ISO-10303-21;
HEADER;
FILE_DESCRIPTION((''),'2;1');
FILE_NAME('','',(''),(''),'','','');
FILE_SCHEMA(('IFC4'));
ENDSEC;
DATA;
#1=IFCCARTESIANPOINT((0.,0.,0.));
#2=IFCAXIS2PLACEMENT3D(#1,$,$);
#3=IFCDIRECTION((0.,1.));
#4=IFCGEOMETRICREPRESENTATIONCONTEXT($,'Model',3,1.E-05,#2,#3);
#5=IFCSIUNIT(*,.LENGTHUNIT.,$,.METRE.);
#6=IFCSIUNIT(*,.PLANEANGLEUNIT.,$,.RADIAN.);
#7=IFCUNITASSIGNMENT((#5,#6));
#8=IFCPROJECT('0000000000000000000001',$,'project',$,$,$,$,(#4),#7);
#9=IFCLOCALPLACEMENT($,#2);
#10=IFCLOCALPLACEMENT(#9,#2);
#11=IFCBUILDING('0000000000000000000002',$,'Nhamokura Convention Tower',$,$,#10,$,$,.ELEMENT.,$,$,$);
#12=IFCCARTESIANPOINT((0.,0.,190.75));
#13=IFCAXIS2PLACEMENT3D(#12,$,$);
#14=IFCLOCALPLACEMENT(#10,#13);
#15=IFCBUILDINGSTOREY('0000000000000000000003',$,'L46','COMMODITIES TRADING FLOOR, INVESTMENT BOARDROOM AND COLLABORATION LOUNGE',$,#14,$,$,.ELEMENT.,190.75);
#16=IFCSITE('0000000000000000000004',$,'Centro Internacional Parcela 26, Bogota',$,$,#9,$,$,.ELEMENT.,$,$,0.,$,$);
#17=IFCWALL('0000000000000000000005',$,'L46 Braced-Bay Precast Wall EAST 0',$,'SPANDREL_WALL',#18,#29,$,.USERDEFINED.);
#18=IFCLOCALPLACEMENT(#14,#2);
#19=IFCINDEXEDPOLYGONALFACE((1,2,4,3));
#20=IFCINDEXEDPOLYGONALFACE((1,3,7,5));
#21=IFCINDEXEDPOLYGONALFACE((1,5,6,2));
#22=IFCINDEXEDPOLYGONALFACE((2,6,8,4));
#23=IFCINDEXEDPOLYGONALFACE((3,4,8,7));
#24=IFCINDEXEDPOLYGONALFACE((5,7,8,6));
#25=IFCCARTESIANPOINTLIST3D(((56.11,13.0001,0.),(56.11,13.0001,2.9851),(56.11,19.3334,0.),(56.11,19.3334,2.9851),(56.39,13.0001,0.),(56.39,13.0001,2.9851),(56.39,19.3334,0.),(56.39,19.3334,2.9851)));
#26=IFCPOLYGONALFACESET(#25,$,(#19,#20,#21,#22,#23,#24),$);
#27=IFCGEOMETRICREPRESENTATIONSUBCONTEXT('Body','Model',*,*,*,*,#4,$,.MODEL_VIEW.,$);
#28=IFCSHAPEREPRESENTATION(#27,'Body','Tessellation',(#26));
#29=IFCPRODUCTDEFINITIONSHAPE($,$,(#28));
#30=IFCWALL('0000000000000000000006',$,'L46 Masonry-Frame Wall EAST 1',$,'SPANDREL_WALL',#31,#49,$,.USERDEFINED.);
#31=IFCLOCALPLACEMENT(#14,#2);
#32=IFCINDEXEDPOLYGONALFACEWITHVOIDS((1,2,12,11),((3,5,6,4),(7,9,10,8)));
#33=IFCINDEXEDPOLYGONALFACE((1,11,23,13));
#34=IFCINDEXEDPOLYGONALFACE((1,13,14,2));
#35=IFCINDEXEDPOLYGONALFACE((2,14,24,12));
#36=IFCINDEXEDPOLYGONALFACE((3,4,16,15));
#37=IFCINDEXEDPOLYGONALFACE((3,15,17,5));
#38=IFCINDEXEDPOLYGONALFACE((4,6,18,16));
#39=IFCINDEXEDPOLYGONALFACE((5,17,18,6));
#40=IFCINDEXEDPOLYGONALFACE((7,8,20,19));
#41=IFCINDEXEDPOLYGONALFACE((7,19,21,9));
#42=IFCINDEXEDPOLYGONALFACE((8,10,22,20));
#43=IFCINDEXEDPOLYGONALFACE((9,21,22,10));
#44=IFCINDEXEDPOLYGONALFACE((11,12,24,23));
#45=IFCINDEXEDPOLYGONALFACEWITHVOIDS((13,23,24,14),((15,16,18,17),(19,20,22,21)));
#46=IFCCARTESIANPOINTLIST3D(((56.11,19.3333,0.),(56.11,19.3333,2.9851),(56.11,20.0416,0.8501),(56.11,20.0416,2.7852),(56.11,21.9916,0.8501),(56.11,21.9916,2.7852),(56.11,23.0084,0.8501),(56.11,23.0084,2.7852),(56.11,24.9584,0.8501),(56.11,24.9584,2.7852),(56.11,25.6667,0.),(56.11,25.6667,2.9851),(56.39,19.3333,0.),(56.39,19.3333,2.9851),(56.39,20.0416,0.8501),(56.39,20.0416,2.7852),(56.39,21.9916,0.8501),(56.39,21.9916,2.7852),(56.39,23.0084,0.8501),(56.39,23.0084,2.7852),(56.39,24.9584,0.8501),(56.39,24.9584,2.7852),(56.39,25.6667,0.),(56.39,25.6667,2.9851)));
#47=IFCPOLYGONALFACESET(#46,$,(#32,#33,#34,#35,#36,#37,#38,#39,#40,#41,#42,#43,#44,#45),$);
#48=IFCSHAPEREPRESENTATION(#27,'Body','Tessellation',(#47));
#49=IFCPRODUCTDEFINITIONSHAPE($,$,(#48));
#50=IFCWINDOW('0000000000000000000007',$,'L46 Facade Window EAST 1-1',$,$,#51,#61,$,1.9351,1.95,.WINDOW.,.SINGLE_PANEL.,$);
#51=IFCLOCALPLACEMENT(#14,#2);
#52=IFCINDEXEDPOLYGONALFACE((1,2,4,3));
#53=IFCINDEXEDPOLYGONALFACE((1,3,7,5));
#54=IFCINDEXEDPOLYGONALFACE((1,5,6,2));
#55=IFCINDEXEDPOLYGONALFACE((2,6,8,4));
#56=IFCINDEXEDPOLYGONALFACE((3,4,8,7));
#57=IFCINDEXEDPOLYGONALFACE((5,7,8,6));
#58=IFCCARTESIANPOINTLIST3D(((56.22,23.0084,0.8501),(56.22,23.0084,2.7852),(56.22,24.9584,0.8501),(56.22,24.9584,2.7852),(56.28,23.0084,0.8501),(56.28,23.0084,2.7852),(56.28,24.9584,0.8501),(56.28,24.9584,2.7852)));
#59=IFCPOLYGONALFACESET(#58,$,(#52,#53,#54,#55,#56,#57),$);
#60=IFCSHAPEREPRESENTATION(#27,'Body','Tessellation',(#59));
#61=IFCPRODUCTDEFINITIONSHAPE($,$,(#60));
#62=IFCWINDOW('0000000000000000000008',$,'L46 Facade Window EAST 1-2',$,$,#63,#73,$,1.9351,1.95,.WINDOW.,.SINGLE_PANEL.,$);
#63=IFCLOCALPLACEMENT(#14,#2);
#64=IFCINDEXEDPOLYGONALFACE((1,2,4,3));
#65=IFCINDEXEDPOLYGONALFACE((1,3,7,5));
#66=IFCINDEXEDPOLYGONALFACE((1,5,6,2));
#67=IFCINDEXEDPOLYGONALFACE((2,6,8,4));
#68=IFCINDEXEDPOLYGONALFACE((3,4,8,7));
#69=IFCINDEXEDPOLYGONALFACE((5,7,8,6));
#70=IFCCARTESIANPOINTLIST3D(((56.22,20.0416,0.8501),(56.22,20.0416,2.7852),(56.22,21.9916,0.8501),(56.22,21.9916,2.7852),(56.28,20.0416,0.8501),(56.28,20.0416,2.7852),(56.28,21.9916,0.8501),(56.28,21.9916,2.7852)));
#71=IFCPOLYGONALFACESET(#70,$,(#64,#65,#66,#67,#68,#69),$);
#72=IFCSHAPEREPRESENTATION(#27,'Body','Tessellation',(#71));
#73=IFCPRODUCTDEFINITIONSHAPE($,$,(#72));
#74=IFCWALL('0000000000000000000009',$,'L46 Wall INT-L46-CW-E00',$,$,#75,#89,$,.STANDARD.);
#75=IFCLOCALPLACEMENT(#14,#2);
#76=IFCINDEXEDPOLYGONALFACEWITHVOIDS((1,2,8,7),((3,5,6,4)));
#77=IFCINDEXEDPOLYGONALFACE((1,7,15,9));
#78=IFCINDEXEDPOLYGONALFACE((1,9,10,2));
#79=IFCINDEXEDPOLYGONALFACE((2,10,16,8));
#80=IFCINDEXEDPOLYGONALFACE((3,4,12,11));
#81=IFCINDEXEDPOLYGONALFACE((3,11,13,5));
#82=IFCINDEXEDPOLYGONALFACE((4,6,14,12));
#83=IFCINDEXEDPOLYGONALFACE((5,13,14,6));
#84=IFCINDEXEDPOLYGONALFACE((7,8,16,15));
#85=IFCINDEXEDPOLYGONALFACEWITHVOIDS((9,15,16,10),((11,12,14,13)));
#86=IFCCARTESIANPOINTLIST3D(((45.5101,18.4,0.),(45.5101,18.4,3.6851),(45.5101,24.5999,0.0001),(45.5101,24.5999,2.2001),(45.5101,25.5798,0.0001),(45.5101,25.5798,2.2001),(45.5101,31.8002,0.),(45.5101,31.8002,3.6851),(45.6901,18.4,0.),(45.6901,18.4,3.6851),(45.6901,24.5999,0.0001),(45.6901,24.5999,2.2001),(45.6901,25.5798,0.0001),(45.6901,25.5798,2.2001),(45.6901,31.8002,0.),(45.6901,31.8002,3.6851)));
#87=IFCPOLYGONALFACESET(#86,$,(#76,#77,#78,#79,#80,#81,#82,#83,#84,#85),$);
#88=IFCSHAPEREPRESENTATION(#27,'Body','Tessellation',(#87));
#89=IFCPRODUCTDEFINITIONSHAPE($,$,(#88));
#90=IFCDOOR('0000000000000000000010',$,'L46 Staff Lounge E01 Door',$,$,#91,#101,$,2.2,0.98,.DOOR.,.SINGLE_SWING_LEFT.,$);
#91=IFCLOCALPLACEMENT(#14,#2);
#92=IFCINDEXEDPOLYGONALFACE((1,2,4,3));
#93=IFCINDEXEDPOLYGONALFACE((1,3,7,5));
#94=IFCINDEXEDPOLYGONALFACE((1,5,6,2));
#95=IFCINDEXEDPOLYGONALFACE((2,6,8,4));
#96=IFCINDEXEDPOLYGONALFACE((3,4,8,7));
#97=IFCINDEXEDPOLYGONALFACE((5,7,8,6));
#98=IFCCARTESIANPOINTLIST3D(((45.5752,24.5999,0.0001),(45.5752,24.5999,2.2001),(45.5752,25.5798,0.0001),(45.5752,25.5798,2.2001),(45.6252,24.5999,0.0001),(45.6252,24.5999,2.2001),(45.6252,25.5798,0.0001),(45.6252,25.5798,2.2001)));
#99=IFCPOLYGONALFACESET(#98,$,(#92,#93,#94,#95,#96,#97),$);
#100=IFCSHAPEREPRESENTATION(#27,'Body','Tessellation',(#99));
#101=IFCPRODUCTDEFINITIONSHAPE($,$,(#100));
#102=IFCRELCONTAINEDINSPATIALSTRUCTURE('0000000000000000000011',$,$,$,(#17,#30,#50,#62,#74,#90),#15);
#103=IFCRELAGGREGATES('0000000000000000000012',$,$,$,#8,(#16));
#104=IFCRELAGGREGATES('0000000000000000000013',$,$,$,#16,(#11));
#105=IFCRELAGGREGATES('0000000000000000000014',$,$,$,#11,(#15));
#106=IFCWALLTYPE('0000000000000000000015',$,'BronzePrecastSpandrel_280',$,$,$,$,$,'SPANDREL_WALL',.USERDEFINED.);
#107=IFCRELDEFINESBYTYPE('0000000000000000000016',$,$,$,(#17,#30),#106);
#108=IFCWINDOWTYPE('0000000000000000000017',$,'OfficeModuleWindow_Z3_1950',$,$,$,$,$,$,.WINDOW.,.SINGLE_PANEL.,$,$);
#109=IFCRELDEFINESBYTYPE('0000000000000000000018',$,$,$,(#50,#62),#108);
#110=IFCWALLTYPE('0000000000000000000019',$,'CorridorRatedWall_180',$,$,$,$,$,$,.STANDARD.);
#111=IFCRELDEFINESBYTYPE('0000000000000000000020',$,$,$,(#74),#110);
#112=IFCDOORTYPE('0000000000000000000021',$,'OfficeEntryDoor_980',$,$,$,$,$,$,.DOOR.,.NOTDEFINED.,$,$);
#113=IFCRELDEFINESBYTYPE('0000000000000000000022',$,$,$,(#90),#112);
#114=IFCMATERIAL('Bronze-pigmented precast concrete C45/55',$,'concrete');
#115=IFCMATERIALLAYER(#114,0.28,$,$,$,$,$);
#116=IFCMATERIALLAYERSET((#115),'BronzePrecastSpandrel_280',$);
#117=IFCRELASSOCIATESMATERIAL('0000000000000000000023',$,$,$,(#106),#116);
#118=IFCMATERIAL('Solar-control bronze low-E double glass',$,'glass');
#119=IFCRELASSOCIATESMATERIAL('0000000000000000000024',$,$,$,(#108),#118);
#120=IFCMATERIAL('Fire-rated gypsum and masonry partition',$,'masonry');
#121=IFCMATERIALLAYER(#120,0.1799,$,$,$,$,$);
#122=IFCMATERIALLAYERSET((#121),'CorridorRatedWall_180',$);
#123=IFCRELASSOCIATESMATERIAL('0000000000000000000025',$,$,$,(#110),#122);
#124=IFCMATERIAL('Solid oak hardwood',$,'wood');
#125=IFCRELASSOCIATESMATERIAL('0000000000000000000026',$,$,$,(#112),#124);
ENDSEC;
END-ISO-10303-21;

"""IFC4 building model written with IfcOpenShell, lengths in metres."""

from ifc_helpers import new_model, si_unit, direction, frame, frame_2d, origin, place, context, subcontext, project, spatial, rectangle, extrude, material, layer, layer_set, type_object, element, fill, save


model = new_model("IFC4")

# Units and contexts
model_context = context("Model", 3, precision=1e-05, world=origin(), true_north=direction((0.0, 1.0)))
body_context = subcontext(model_context, "Body", "Model", "MODEL_VIEW")
ifc_project = project(units=[si_unit("LENGTHUNIT", "METRE"), si_unit("PLANEANGLEUNIT", "RADIAN")], contexts=[model_context])

# Site, building, storey
site_placement = place(None, origin())
site = spatial("IfcSite", under=ifc_project, at=site_placement, Name="Centro Internacional Parcela 26, Bogota", CompositionType="ELEMENT", RefElevation=0.0)
building_placement = place(site_placement, origin())
building = spatial("IfcBuilding", under=site, at=building_placement, Name="Nhamokura Convention Tower", CompositionType="ELEMENT")
storey_placement = place(building_placement, frame((0.0, 0.0, 190.75)))
storey = spatial("IfcBuildingStorey", under=building, at=storey_placement, Name="L46", Description="COMMODITIES TRADING FLOOR, INVESTMENT BOARDROOM AND COLLABORATION LOUNGE", CompositionType="ELEMENT", Elevation=190.75)

# Wall
ifc_material_1 = material(Name="Bronze-pigmented precast concrete C45/55", Category="concrete")
ifc_layer_1 = layer(ifc_material_1, 0.28)
ifc_layer_set_1 = layer_set([ifc_layer_1], Name="BronzePrecastSpandrel_280")
wall_type_1 = type_object("IfcWallType", Name="BronzePrecastSpandrel_280", ElementType="SPANDREL_WALL", PredefinedType="USERDEFINED", material=ifc_layer_set_1)
wall_1_placement = place(storey_placement, frame((56.25, 19.3333, 0.0), z_axis=(0.0, 0.0, 1.0), x_axis=(0.0, -1.0, 0.0)))
element("IfcWall", 1, at=wall_1_placement, inside=storey, type_object=wall_type_1, Name="L46 Braced-Bay Precast Wall EAST 0", ObjectType="SPANDREL_WALL", PredefinedType="USERDEFINED", context=body_context, shape_type="SweptSolid", body=[
    extrude(rectangle(XDim=6.3333, YDim=0.28, at=frame_2d((3.1665, 0.0))), origin(), (0.0, 0.0, 1.0), 2.9851),
])

# Wall, openings, windows
wall_2_placement = place(storey_placement, frame((56.25, 25.6667, 0.0), z_axis=(0.0, 0.0, 1.0), x_axis=(0.0, -1.0, 0.0)))
wall_2 = element("IfcWall", 2, at=wall_2_placement, inside=storey, type_object=wall_type_1, Name="L46 Masonry-Frame Wall EAST 1", ObjectType="SPANDREL_WALL", PredefinedType="USERDEFINED", context=body_context, shape_type="SweptSolid", body=[
    extrude(rectangle(XDim=6.3335, YDim=0.28, at=frame_2d((3.1667, 0.0))), origin(), (0.0, 0.0, 1.0), 2.9851),
])
opening_1_placement = place(wall_2_placement, frame((0.7083, 0.0, 0.8501)))
opening_1 = element("IfcOpeningElement", 3, at=opening_1_placement, cuts=wall_2, PredefinedType="OPENING", context=body_context, shape_type="SweptSolid", body=[
    extrude(rectangle(XDim=1.95, YDim=1.9351, at=frame_2d((0.9751, 0.9675))), frame((0.0, 0.1499, 0.0), z_axis=(0.0, -1.0, 0.0), x_axis=(1.0, 0.0, 0.0)), (0.0, 0.0, 1.0), 0.3),
])
opening_2_placement = place(wall_2_placement, frame((3.675, 0.0, 0.8501)))
opening_2 = element("IfcOpeningElement", 4, at=opening_2_placement, cuts=wall_2, PredefinedType="OPENING", context=body_context, shape_type="SweptSolid", body=[
    extrude(rectangle(XDim=1.95, YDim=1.9351, at=frame_2d((0.9751, 0.9675))), frame((0.0, 0.1499, 0.0), z_axis=(0.0, -1.0, 0.0), x_axis=(1.0, 0.0, 0.0)), (0.0, 0.0, 1.0), 0.3),
])
ifc_material_2 = material(Name="Solar-control bronze low-E double glass", Category="glass")
window_type = type_object("IfcWindowType", Name="OfficeModuleWindow_Z3_1950", PartitioningType="SINGLE_PANEL", PredefinedType="WINDOW", material=ifc_material_2)
window_1_placement = place(opening_1_placement, origin())
window_1 = element("IfcWindow", 5, at=window_1_placement, inside=storey, type_object=window_type, Name="L46 Facade Window EAST 1-1", OverallHeight=1.9351, OverallWidth=1.95, PartitioningType="SINGLE_PANEL", PredefinedType="WINDOW", context=body_context, shape_type="SweptSolid", body=[
    extrude(rectangle(XDim=1.95, YDim=1.9351, at=frame_2d((0.9751, 0.9675))), frame((0.0, 0.03, 0.0), z_axis=(0.0, -1.0, 0.0), x_axis=(1.0, 0.0, 0.0)), (0.0, 0.0, 1.0), 0.0601),
])
fill(opening_1, window_1)
window_2_placement = place(opening_2_placement, origin())
window_2 = element("IfcWindow", 6, at=window_2_placement, inside=storey, type_object=window_type, Name="L46 Facade Window EAST 1-2", OverallHeight=1.9351, OverallWidth=1.95, PartitioningType="SINGLE_PANEL", PredefinedType="WINDOW", context=body_context, shape_type="SweptSolid", body=[
    extrude(rectangle(XDim=1.95, YDim=1.9351, at=frame_2d((0.9751, 0.9675))), frame((0.0, 0.03, 0.0), z_axis=(0.0, -1.0, 0.0), x_axis=(1.0, 0.0, 0.0)), (0.0, 0.0, 1.0), 0.0601),
])
fill(opening_2, window_2)

# Wall, opening, door
ifc_material_3 = material(Name="Fire-rated gypsum and masonry partition", Category="masonry")
ifc_layer_2 = layer(ifc_material_3, 0.1799)
ifc_layer_set_2 = layer_set([ifc_layer_2], Name="CorridorRatedWall_180")
wall_type_2 = type_object("IfcWallType", Name="CorridorRatedWall_180", PredefinedType="STANDARD", material=ifc_layer_set_2)
wall_3_placement = place(storey_placement, frame((45.6001, 18.3999, 0.0), z_axis=(0.0, 0.0, 1.0), x_axis=(0.0, 1.0, 0.0)))
wall_3 = element("IfcWall", 7, at=wall_3_placement, inside=storey, type_object=wall_type_2, Name="L46 Wall INT-L46-CW-E00", PredefinedType="STANDARD", context=body_context, shape_type="SweptSolid", body=[
    extrude(rectangle(XDim=13.4001, YDim=0.1799, at=frame_2d((6.7002, 0.0))), origin(), (0.0, 0.0, 1.0), 3.6851),
])
opening_3_placement = place(wall_3_placement, frame((6.2, 0.0, 0.0)))
opening_3 = element("IfcOpeningElement", 8, at=opening_3_placement, cuts=wall_3, PredefinedType="OPENING", context=body_context, shape_type="SweptSolid", body=[
    extrude(rectangle(XDim=0.98, YDim=2.2, at=frame_2d((0.49, 1.1001))), frame((0.0, 0.0999, 0.0), z_axis=(0.0, -1.0, 0.0), x_axis=(1.0, 0.0, 0.0)), (0.0, 0.0, 1.0), 0.2),
])
ifc_material_4 = material(Name="Solid oak hardwood", Category="wood")
door_type_1 = type_object("IfcDoorType", Name="OfficeEntryDoor_980", OperationType="NOTDEFINED", PredefinedType="DOOR", material=ifc_material_4)
door_1_placement = place(opening_3_placement, origin())
door_1 = element("IfcDoor", 9, at=door_1_placement, inside=storey, type_object=door_type_1, Name="L46 Staff Lounge E01 Door", OperationType="SINGLE_SWING_LEFT", OverallHeight=2.2, OverallWidth=0.98, PredefinedType="DOOR", context=body_context, shape_type="SweptSolid", body=[
    extrude(rectangle(XDim=0.98, YDim=2.2, at=frame_2d((0.49, 1.1001))), frame((0.0, 0.0249, 0.0), z_axis=(0.0, -1.0, 0.0), x_axis=(1.0, 0.0, 0.0)), (0.0, 0.0, 1.0), 0.05),
])
fill(opening_3, door_1)

save(model, "model.ifc")
